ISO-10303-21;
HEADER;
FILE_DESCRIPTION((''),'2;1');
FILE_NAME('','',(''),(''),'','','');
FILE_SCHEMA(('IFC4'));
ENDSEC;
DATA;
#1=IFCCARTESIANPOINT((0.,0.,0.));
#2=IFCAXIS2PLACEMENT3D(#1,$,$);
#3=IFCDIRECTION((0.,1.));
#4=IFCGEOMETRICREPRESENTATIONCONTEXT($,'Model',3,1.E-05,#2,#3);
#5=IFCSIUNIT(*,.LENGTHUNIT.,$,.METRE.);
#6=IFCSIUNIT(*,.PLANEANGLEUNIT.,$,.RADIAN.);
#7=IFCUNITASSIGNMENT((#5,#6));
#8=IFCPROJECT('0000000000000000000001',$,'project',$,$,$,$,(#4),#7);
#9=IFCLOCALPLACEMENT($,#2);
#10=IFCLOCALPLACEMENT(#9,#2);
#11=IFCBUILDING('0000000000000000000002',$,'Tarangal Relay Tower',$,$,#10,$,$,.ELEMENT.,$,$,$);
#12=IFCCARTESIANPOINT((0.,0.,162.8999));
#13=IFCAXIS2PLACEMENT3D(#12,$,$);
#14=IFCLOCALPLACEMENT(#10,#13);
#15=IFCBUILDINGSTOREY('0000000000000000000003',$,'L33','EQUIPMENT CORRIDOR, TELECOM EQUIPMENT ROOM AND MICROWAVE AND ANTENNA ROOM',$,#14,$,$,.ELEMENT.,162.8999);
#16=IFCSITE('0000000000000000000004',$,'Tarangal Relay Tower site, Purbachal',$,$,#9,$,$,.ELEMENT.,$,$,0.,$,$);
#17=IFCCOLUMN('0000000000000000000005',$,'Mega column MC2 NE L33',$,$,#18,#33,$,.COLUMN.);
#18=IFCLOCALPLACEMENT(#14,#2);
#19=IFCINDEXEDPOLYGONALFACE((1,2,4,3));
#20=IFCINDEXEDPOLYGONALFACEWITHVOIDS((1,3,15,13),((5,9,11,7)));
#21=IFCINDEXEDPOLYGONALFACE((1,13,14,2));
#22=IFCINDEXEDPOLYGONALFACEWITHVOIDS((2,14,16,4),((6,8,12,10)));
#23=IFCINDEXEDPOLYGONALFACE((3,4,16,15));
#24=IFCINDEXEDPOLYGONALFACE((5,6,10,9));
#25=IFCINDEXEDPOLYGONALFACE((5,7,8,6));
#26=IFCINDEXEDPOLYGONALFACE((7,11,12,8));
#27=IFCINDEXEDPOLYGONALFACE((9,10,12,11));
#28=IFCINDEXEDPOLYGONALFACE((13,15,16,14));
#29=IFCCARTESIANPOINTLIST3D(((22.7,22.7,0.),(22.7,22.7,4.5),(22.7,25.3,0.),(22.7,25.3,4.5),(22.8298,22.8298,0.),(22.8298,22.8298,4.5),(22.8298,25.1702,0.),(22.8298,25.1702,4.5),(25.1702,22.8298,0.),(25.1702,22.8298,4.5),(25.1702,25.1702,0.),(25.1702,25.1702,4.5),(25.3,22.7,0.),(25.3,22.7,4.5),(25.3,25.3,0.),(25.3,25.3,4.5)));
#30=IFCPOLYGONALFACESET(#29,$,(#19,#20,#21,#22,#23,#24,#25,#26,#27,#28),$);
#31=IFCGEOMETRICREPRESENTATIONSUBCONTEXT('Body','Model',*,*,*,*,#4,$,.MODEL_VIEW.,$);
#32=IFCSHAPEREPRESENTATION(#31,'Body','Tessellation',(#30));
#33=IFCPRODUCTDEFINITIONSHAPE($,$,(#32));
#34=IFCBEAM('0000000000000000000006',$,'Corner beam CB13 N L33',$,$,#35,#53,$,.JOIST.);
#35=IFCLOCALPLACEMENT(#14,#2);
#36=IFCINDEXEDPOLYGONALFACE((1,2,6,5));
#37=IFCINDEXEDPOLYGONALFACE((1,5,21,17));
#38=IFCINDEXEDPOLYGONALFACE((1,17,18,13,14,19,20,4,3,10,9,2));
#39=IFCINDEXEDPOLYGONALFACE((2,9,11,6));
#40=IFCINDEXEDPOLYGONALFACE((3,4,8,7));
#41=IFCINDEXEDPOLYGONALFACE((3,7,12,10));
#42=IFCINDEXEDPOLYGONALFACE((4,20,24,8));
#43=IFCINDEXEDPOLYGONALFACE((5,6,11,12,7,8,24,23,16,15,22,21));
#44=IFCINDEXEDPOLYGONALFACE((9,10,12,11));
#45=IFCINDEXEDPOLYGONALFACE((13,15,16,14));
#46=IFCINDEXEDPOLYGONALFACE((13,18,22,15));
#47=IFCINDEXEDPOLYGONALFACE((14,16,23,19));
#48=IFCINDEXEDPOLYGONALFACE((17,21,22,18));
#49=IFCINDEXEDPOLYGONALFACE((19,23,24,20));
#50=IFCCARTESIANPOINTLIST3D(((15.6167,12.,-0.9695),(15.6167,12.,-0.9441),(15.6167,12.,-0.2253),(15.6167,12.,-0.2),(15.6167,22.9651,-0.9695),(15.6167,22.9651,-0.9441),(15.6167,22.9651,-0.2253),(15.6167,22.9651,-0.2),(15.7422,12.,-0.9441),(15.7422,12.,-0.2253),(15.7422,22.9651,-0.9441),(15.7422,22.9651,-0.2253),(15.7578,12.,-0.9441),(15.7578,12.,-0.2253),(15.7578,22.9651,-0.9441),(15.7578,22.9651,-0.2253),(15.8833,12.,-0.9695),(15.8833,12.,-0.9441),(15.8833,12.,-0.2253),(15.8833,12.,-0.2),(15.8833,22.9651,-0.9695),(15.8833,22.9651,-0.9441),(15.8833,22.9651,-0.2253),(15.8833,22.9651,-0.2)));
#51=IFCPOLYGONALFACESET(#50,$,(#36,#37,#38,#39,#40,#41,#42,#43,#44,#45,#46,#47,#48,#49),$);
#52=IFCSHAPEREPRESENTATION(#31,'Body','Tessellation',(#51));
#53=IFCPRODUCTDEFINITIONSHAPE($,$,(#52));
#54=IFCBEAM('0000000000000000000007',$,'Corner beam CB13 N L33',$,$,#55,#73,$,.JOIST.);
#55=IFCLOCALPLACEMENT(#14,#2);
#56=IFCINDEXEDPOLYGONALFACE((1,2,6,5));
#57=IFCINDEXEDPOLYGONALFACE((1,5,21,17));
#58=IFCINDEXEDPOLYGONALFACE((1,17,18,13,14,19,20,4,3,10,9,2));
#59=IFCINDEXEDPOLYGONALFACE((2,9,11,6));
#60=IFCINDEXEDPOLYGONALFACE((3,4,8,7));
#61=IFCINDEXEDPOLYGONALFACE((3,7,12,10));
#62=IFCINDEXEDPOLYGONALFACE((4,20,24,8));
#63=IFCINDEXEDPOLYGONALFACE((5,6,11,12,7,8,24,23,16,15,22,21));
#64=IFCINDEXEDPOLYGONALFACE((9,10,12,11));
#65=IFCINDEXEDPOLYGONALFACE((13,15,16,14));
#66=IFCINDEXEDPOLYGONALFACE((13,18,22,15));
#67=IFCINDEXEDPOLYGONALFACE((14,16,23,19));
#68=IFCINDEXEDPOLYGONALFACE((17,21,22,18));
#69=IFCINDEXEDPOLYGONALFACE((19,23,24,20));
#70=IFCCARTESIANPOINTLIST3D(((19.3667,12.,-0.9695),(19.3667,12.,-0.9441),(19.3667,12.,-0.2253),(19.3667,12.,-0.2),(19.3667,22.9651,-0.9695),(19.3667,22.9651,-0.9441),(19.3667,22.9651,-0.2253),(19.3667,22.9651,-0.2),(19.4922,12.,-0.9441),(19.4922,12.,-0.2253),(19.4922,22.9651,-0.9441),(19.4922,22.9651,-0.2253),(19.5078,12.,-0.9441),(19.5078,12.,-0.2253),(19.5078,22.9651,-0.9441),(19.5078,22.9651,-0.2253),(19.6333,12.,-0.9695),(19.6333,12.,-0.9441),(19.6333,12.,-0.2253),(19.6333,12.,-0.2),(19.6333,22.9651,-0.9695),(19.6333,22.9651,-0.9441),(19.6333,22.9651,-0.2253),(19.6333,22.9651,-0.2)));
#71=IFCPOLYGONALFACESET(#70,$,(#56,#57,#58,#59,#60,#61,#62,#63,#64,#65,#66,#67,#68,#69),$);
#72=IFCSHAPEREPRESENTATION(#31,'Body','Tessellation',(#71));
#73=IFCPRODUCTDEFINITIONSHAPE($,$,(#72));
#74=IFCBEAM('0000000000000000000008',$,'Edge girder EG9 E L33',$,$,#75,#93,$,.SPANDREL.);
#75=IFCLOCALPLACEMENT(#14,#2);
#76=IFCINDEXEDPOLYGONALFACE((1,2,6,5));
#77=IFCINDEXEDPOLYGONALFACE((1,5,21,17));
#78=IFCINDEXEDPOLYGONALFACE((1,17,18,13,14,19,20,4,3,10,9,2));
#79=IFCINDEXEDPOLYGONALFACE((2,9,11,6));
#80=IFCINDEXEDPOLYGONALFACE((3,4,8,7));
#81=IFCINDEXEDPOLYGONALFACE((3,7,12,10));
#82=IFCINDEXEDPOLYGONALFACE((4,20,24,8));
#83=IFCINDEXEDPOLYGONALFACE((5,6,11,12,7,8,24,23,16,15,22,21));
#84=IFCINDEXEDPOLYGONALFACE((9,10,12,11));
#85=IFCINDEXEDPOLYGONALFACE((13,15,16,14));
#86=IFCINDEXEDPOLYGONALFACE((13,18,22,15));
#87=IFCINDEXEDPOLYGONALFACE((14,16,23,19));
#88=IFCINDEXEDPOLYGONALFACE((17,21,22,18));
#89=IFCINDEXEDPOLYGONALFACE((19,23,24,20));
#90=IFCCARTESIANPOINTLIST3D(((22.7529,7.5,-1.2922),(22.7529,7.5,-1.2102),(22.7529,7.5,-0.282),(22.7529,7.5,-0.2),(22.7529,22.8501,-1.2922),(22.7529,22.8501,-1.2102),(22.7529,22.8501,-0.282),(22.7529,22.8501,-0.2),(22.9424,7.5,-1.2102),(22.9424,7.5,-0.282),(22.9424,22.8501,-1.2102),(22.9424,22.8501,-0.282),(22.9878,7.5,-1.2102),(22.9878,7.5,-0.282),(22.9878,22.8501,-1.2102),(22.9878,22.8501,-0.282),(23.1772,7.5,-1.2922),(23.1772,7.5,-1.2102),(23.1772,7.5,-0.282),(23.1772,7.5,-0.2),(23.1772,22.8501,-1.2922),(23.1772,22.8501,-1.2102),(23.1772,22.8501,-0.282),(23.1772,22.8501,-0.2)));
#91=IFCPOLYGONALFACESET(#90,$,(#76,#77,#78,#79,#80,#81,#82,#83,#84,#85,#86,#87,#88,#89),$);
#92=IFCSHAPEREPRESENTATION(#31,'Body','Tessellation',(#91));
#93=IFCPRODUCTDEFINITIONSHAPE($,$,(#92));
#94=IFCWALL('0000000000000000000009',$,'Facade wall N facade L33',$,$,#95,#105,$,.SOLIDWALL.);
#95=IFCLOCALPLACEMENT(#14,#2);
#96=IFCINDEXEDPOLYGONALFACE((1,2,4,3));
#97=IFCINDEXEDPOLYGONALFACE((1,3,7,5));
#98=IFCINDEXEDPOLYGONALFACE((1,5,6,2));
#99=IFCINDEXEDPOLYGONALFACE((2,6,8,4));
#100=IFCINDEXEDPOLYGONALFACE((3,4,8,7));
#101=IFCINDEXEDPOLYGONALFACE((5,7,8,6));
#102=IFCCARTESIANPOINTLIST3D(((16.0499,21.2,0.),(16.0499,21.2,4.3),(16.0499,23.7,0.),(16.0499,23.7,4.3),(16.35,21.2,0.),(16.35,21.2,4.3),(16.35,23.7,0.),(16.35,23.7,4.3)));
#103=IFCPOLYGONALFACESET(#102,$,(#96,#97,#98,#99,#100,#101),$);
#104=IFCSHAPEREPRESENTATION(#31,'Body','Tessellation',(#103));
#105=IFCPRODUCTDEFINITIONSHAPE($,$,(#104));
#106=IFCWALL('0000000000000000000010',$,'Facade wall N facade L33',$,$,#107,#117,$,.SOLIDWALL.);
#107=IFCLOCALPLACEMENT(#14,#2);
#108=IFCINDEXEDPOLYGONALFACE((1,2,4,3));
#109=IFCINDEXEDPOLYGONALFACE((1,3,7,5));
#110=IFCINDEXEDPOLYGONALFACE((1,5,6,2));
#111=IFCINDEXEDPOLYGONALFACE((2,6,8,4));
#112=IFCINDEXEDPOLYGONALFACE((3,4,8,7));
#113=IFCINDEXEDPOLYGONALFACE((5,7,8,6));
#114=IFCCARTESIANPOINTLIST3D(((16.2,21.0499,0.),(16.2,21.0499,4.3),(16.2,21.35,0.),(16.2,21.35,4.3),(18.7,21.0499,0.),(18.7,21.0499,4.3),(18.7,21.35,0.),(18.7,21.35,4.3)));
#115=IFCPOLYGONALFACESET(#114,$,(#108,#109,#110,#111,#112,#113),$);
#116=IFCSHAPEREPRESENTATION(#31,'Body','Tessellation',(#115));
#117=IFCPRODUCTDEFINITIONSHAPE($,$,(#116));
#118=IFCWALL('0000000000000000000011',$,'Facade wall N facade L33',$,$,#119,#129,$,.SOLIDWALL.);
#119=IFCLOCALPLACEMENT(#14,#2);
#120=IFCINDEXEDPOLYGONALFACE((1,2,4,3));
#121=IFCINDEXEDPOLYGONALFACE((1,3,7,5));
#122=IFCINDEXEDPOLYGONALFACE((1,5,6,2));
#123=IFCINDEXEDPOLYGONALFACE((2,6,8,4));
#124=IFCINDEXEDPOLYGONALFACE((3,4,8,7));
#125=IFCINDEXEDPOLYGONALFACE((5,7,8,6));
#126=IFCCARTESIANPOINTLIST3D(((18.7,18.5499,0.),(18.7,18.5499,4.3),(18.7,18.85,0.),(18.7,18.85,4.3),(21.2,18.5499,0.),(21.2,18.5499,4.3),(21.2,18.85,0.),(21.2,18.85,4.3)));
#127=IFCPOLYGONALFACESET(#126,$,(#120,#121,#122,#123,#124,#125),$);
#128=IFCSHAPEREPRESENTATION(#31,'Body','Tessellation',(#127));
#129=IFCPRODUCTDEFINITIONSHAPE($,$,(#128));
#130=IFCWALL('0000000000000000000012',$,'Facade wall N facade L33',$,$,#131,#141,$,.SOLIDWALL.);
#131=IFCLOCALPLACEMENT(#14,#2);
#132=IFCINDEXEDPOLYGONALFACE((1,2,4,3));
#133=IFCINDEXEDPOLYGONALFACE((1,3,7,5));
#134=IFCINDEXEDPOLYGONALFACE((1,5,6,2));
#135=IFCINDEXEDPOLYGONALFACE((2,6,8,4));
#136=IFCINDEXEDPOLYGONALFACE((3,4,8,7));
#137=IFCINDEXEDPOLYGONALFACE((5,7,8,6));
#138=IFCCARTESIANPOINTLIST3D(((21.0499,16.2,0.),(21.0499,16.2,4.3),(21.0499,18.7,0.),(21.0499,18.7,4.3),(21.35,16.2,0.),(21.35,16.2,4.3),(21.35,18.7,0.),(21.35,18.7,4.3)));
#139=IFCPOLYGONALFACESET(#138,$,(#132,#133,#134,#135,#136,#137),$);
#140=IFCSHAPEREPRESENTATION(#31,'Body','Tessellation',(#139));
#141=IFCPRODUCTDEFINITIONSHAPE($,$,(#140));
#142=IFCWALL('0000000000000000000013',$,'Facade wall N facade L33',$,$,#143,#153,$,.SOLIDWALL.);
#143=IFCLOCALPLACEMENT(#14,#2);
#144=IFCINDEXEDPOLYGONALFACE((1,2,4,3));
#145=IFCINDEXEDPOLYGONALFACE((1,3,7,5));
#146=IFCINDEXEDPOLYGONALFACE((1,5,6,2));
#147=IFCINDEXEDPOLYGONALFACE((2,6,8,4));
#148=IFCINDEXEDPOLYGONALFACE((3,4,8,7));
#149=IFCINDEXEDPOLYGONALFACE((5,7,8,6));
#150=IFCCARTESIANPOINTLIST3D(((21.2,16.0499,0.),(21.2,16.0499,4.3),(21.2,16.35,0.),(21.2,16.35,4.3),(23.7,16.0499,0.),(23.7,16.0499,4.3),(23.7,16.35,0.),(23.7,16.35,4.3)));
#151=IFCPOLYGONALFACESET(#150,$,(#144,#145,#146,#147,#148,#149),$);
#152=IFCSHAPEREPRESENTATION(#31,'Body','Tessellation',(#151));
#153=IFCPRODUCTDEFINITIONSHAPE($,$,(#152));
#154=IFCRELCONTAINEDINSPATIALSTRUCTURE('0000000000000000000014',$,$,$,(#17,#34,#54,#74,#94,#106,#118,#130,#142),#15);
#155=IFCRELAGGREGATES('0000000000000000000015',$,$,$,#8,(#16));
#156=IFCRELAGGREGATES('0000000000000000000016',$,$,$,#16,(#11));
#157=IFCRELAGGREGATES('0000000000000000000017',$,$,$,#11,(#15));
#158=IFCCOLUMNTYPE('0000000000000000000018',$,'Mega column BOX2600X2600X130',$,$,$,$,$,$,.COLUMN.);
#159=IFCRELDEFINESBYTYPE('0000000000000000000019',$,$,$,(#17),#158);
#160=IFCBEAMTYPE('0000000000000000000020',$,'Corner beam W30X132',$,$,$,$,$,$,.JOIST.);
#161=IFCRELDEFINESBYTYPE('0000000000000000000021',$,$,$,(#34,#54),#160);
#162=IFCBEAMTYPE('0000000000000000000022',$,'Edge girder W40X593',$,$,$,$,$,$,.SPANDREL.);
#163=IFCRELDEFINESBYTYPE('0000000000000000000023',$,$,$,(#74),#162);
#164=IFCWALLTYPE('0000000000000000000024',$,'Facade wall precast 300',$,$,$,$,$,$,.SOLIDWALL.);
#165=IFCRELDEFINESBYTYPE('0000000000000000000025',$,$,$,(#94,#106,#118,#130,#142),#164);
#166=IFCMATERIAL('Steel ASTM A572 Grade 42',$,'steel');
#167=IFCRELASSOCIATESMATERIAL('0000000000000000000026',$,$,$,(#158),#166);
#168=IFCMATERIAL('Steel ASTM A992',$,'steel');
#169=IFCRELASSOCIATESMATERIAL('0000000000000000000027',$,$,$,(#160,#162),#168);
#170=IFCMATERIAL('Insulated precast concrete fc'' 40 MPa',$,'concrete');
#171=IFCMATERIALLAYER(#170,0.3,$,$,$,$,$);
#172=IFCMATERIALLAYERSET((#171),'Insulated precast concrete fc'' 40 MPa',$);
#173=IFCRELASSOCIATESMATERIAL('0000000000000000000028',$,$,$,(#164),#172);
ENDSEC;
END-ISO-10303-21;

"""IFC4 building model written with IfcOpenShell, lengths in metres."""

from ifc_helpers import new_model, si_unit, direction, frame, frame_2d, origin, origin_2d, place, context, subcontext, project, spatial, rectangle, hollow_rectangle, i_section, extrude, material, layer, layer_set, material_profile, profile_set, type_object, element, save


model = new_model("IFC4")

# Units and contexts
model_context = context("Model", 3, precision=1e-05, world=origin(), true_north=direction((0.0, 1.0)))
body_context = subcontext(model_context, "Body", "Model", "MODEL_VIEW")
ifc_project = project(units=[si_unit("LENGTHUNIT", "METRE"), si_unit("PLANEANGLEUNIT", "RADIAN")], contexts=[model_context])

# Site, building, storey
site_placement = place(None, origin())
site = spatial("IfcSite", under=ifc_project, at=site_placement, Name="Tarangal Relay Tower site, Purbachal", CompositionType="ELEMENT", RefElevation=0.0)
building_placement = place(site_placement, origin())
building = spatial("IfcBuilding", under=site, at=building_placement, Name="Tarangal Relay Tower", CompositionType="ELEMENT")
storey_placement = place(building_placement, frame((0.0, 0.0, 162.8999)))
storey = spatial("IfcBuildingStorey", under=building, at=storey_placement, Name="L33", Description="EQUIPMENT CORRIDOR, TELECOM EQUIPMENT ROOM AND MICROWAVE AND ANTENNA ROOM", CompositionType="ELEMENT", Elevation=162.8999)

# Column
ifc_material_1 = material(Name="Steel ASTM A572 Grade 42", Category="steel")
ifc_material_profile_1 = material_profile(ifc_material_1, hollow_rectangle(XDim=2.6001, YDim=2.6001, WallThickness=0.1299, at=origin_2d()), Name="BOX2600X2600X130")
ifc_profile_set_1 = profile_set([ifc_material_profile_1], Name="Steel ASTM A572 Grade 42")
column_type = type_object("IfcColumnType", Name="Mega column BOX2600X2600X130", PredefinedType="COLUMN", material=ifc_profile_set_1)
column_placement = place(storey_placement, frame((24.0, 24.0, 0.0), z_axis=(0.0, 0.0, 1.0), x_axis=(1.0, 0.0, 0.0)))
element("IfcColumn", 1, at=column_placement, inside=storey, type_object=column_type, Name="Mega column MC2 NE L33", PredefinedType="COLUMN", context=body_context, shape_type="SweptSolid", body=[
    extrude(hollow_rectangle(XDim=2.6001, YDim=2.6001, WallThickness=0.1299, at=origin_2d()), origin(), (0.0, 0.0, 1.0), 4.5),
])

# Beams
ifc_material_2 = material(Name="Steel ASTM A992", Category="steel")
ifc_material_profile_2 = material_profile(ifc_material_2, i_section(OverallWidth=0.2666, OverallDepth=0.7695, WebThickness=0.0156, FlangeThickness=0.0254, at=origin_2d()), Name="W30X132")
ifc_profile_set_2 = profile_set([ifc_material_profile_2], Name="Steel ASTM A992")
beam_type_1 = type_object("IfcBeamType", Name="Corner beam W30X132", PredefinedType="JOIST", material=ifc_profile_set_2)
for number, where, z_axis, x_axis, name in (
    (2, (15.75, 12.0, -0.5847), (0.0, 1.0, 0.0), (-1.0, 0.0, 0.0), "Corner beam CB13 N L33"),
    (3, (19.5, 12.0, -0.5847), (0.0, 1.0, 0.0), (-1.0, 0.0, 0.0), "Corner beam CB13 N L33"),
):
    element("IfcBeam", number, at=place(storey_placement, frame(where, z_axis=z_axis, x_axis=x_axis)), inside=storey, type_object=beam_type_1, Name=name, PredefinedType="JOIST", context=body_context, shape_type="SweptSolid", body=[
        extrude(i_section(OverallWidth=0.2666, OverallDepth=0.7695, WebThickness=0.0156, FlangeThickness=0.0254, at=origin_2d()), origin(), (0.0, 0.0, 1.0), 10.9651),
    ])
ifc_material_profile_3 = material_profile(ifc_material_2, i_section(OverallWidth=0.4243, OverallDepth=1.0923, WebThickness=0.0454, FlangeThickness=0.082, at=origin_2d()), Name="W40X593")
ifc_profile_set_3 = profile_set([ifc_material_profile_3], Name="Steel ASTM A992")
beam_type_2 = type_object("IfcBeamType", Name="Edge girder W40X593", PredefinedType="SPANDREL", material=ifc_profile_set_3)
beam_placement = place(storey_placement, frame((22.9651, 22.8501, -0.7461), z_axis=(0.0, -1.0, 0.0), x_axis=(1.0, 0.0, 0.0)))
element("IfcBeam", 4, at=beam_placement, inside=storey, type_object=beam_type_2, Name="Edge girder EG9 E L33", PredefinedType="SPANDREL", context=body_context, shape_type="SweptSolid", body=[
    extrude(i_section(OverallWidth=0.4243, OverallDepth=1.0923, WebThickness=0.0454, FlangeThickness=0.082, at=origin_2d()), origin(), (0.0, 0.0, 1.0), 15.3501),
])

# Walls
ifc_material_3 = material(Name="Insulated precast concrete fc' 40 MPa", Category="concrete")
ifc_layer_1 = layer(ifc_material_3, 0.3)
ifc_layer_set_1 = layer_set([ifc_layer_1], Name="Insulated precast concrete fc' 40 MPa")
wall_type_1 = type_object("IfcWallType", Name="Facade wall precast 300", PredefinedType="SOLIDWALL", material=ifc_layer_set_1)
for number, where, z_axis, x_axis, name in (
    (5, (16.2, 23.7, 0.0), (0.0, 0.0, 1.0), (0.0, -1.0, 0.0), "Facade wall N facade L33"),
    (6, (16.2, 21.2, 0.0), (0.0, 0.0, 1.0), (1.0, 0.0, 0.0), "Facade wall N facade L33"),
):
    element("IfcWall", number, at=place(storey_placement, frame(where, z_axis=z_axis, x_axis=x_axis)), inside=storey, type_object=wall_type_1, Name=name, PredefinedType="SOLIDWALL", context=body_context, shape_type="SweptSolid", body=[
        extrude(rectangle(XDim=2.5, YDim=0.3, at=frame_2d((1.25, 0.0))), origin(), (0.0, 0.0, 1.0), 4.3),
    ])

# Walls
for number, where, z_axis, x_axis, name in (
    (7, (18.7, 18.7, 0.0), (0.0, 0.0, 1.0), (1.0, 0.0, 0.0), "Facade wall N facade L33"),
    (8, (21.2, 18.7, 0.0), (0.0, 0.0, 1.0), (0.0, -1.0, 0.0), "Facade wall N facade L33"),
    (9, (21.2, 16.2, 0.0), (0.0, 0.0, 1.0), (1.0, 0.0, 0.0), "Facade wall N facade L33"),
):
    element("IfcWall", number, at=place(storey_placement, frame(where, z_axis=z_axis, x_axis=x_axis)), inside=storey, type_object=wall_type_1, Name=name, PredefinedType="SOLIDWALL", context=body_context, shape_type="SweptSolid", body=[
        extrude(rectangle(XDim=2.5, YDim=0.3, at=frame_2d((1.25, 0.0))), origin(), (0.0, 0.0, 1.0), 4.3),
    ])

save(model, "model.ifc")
